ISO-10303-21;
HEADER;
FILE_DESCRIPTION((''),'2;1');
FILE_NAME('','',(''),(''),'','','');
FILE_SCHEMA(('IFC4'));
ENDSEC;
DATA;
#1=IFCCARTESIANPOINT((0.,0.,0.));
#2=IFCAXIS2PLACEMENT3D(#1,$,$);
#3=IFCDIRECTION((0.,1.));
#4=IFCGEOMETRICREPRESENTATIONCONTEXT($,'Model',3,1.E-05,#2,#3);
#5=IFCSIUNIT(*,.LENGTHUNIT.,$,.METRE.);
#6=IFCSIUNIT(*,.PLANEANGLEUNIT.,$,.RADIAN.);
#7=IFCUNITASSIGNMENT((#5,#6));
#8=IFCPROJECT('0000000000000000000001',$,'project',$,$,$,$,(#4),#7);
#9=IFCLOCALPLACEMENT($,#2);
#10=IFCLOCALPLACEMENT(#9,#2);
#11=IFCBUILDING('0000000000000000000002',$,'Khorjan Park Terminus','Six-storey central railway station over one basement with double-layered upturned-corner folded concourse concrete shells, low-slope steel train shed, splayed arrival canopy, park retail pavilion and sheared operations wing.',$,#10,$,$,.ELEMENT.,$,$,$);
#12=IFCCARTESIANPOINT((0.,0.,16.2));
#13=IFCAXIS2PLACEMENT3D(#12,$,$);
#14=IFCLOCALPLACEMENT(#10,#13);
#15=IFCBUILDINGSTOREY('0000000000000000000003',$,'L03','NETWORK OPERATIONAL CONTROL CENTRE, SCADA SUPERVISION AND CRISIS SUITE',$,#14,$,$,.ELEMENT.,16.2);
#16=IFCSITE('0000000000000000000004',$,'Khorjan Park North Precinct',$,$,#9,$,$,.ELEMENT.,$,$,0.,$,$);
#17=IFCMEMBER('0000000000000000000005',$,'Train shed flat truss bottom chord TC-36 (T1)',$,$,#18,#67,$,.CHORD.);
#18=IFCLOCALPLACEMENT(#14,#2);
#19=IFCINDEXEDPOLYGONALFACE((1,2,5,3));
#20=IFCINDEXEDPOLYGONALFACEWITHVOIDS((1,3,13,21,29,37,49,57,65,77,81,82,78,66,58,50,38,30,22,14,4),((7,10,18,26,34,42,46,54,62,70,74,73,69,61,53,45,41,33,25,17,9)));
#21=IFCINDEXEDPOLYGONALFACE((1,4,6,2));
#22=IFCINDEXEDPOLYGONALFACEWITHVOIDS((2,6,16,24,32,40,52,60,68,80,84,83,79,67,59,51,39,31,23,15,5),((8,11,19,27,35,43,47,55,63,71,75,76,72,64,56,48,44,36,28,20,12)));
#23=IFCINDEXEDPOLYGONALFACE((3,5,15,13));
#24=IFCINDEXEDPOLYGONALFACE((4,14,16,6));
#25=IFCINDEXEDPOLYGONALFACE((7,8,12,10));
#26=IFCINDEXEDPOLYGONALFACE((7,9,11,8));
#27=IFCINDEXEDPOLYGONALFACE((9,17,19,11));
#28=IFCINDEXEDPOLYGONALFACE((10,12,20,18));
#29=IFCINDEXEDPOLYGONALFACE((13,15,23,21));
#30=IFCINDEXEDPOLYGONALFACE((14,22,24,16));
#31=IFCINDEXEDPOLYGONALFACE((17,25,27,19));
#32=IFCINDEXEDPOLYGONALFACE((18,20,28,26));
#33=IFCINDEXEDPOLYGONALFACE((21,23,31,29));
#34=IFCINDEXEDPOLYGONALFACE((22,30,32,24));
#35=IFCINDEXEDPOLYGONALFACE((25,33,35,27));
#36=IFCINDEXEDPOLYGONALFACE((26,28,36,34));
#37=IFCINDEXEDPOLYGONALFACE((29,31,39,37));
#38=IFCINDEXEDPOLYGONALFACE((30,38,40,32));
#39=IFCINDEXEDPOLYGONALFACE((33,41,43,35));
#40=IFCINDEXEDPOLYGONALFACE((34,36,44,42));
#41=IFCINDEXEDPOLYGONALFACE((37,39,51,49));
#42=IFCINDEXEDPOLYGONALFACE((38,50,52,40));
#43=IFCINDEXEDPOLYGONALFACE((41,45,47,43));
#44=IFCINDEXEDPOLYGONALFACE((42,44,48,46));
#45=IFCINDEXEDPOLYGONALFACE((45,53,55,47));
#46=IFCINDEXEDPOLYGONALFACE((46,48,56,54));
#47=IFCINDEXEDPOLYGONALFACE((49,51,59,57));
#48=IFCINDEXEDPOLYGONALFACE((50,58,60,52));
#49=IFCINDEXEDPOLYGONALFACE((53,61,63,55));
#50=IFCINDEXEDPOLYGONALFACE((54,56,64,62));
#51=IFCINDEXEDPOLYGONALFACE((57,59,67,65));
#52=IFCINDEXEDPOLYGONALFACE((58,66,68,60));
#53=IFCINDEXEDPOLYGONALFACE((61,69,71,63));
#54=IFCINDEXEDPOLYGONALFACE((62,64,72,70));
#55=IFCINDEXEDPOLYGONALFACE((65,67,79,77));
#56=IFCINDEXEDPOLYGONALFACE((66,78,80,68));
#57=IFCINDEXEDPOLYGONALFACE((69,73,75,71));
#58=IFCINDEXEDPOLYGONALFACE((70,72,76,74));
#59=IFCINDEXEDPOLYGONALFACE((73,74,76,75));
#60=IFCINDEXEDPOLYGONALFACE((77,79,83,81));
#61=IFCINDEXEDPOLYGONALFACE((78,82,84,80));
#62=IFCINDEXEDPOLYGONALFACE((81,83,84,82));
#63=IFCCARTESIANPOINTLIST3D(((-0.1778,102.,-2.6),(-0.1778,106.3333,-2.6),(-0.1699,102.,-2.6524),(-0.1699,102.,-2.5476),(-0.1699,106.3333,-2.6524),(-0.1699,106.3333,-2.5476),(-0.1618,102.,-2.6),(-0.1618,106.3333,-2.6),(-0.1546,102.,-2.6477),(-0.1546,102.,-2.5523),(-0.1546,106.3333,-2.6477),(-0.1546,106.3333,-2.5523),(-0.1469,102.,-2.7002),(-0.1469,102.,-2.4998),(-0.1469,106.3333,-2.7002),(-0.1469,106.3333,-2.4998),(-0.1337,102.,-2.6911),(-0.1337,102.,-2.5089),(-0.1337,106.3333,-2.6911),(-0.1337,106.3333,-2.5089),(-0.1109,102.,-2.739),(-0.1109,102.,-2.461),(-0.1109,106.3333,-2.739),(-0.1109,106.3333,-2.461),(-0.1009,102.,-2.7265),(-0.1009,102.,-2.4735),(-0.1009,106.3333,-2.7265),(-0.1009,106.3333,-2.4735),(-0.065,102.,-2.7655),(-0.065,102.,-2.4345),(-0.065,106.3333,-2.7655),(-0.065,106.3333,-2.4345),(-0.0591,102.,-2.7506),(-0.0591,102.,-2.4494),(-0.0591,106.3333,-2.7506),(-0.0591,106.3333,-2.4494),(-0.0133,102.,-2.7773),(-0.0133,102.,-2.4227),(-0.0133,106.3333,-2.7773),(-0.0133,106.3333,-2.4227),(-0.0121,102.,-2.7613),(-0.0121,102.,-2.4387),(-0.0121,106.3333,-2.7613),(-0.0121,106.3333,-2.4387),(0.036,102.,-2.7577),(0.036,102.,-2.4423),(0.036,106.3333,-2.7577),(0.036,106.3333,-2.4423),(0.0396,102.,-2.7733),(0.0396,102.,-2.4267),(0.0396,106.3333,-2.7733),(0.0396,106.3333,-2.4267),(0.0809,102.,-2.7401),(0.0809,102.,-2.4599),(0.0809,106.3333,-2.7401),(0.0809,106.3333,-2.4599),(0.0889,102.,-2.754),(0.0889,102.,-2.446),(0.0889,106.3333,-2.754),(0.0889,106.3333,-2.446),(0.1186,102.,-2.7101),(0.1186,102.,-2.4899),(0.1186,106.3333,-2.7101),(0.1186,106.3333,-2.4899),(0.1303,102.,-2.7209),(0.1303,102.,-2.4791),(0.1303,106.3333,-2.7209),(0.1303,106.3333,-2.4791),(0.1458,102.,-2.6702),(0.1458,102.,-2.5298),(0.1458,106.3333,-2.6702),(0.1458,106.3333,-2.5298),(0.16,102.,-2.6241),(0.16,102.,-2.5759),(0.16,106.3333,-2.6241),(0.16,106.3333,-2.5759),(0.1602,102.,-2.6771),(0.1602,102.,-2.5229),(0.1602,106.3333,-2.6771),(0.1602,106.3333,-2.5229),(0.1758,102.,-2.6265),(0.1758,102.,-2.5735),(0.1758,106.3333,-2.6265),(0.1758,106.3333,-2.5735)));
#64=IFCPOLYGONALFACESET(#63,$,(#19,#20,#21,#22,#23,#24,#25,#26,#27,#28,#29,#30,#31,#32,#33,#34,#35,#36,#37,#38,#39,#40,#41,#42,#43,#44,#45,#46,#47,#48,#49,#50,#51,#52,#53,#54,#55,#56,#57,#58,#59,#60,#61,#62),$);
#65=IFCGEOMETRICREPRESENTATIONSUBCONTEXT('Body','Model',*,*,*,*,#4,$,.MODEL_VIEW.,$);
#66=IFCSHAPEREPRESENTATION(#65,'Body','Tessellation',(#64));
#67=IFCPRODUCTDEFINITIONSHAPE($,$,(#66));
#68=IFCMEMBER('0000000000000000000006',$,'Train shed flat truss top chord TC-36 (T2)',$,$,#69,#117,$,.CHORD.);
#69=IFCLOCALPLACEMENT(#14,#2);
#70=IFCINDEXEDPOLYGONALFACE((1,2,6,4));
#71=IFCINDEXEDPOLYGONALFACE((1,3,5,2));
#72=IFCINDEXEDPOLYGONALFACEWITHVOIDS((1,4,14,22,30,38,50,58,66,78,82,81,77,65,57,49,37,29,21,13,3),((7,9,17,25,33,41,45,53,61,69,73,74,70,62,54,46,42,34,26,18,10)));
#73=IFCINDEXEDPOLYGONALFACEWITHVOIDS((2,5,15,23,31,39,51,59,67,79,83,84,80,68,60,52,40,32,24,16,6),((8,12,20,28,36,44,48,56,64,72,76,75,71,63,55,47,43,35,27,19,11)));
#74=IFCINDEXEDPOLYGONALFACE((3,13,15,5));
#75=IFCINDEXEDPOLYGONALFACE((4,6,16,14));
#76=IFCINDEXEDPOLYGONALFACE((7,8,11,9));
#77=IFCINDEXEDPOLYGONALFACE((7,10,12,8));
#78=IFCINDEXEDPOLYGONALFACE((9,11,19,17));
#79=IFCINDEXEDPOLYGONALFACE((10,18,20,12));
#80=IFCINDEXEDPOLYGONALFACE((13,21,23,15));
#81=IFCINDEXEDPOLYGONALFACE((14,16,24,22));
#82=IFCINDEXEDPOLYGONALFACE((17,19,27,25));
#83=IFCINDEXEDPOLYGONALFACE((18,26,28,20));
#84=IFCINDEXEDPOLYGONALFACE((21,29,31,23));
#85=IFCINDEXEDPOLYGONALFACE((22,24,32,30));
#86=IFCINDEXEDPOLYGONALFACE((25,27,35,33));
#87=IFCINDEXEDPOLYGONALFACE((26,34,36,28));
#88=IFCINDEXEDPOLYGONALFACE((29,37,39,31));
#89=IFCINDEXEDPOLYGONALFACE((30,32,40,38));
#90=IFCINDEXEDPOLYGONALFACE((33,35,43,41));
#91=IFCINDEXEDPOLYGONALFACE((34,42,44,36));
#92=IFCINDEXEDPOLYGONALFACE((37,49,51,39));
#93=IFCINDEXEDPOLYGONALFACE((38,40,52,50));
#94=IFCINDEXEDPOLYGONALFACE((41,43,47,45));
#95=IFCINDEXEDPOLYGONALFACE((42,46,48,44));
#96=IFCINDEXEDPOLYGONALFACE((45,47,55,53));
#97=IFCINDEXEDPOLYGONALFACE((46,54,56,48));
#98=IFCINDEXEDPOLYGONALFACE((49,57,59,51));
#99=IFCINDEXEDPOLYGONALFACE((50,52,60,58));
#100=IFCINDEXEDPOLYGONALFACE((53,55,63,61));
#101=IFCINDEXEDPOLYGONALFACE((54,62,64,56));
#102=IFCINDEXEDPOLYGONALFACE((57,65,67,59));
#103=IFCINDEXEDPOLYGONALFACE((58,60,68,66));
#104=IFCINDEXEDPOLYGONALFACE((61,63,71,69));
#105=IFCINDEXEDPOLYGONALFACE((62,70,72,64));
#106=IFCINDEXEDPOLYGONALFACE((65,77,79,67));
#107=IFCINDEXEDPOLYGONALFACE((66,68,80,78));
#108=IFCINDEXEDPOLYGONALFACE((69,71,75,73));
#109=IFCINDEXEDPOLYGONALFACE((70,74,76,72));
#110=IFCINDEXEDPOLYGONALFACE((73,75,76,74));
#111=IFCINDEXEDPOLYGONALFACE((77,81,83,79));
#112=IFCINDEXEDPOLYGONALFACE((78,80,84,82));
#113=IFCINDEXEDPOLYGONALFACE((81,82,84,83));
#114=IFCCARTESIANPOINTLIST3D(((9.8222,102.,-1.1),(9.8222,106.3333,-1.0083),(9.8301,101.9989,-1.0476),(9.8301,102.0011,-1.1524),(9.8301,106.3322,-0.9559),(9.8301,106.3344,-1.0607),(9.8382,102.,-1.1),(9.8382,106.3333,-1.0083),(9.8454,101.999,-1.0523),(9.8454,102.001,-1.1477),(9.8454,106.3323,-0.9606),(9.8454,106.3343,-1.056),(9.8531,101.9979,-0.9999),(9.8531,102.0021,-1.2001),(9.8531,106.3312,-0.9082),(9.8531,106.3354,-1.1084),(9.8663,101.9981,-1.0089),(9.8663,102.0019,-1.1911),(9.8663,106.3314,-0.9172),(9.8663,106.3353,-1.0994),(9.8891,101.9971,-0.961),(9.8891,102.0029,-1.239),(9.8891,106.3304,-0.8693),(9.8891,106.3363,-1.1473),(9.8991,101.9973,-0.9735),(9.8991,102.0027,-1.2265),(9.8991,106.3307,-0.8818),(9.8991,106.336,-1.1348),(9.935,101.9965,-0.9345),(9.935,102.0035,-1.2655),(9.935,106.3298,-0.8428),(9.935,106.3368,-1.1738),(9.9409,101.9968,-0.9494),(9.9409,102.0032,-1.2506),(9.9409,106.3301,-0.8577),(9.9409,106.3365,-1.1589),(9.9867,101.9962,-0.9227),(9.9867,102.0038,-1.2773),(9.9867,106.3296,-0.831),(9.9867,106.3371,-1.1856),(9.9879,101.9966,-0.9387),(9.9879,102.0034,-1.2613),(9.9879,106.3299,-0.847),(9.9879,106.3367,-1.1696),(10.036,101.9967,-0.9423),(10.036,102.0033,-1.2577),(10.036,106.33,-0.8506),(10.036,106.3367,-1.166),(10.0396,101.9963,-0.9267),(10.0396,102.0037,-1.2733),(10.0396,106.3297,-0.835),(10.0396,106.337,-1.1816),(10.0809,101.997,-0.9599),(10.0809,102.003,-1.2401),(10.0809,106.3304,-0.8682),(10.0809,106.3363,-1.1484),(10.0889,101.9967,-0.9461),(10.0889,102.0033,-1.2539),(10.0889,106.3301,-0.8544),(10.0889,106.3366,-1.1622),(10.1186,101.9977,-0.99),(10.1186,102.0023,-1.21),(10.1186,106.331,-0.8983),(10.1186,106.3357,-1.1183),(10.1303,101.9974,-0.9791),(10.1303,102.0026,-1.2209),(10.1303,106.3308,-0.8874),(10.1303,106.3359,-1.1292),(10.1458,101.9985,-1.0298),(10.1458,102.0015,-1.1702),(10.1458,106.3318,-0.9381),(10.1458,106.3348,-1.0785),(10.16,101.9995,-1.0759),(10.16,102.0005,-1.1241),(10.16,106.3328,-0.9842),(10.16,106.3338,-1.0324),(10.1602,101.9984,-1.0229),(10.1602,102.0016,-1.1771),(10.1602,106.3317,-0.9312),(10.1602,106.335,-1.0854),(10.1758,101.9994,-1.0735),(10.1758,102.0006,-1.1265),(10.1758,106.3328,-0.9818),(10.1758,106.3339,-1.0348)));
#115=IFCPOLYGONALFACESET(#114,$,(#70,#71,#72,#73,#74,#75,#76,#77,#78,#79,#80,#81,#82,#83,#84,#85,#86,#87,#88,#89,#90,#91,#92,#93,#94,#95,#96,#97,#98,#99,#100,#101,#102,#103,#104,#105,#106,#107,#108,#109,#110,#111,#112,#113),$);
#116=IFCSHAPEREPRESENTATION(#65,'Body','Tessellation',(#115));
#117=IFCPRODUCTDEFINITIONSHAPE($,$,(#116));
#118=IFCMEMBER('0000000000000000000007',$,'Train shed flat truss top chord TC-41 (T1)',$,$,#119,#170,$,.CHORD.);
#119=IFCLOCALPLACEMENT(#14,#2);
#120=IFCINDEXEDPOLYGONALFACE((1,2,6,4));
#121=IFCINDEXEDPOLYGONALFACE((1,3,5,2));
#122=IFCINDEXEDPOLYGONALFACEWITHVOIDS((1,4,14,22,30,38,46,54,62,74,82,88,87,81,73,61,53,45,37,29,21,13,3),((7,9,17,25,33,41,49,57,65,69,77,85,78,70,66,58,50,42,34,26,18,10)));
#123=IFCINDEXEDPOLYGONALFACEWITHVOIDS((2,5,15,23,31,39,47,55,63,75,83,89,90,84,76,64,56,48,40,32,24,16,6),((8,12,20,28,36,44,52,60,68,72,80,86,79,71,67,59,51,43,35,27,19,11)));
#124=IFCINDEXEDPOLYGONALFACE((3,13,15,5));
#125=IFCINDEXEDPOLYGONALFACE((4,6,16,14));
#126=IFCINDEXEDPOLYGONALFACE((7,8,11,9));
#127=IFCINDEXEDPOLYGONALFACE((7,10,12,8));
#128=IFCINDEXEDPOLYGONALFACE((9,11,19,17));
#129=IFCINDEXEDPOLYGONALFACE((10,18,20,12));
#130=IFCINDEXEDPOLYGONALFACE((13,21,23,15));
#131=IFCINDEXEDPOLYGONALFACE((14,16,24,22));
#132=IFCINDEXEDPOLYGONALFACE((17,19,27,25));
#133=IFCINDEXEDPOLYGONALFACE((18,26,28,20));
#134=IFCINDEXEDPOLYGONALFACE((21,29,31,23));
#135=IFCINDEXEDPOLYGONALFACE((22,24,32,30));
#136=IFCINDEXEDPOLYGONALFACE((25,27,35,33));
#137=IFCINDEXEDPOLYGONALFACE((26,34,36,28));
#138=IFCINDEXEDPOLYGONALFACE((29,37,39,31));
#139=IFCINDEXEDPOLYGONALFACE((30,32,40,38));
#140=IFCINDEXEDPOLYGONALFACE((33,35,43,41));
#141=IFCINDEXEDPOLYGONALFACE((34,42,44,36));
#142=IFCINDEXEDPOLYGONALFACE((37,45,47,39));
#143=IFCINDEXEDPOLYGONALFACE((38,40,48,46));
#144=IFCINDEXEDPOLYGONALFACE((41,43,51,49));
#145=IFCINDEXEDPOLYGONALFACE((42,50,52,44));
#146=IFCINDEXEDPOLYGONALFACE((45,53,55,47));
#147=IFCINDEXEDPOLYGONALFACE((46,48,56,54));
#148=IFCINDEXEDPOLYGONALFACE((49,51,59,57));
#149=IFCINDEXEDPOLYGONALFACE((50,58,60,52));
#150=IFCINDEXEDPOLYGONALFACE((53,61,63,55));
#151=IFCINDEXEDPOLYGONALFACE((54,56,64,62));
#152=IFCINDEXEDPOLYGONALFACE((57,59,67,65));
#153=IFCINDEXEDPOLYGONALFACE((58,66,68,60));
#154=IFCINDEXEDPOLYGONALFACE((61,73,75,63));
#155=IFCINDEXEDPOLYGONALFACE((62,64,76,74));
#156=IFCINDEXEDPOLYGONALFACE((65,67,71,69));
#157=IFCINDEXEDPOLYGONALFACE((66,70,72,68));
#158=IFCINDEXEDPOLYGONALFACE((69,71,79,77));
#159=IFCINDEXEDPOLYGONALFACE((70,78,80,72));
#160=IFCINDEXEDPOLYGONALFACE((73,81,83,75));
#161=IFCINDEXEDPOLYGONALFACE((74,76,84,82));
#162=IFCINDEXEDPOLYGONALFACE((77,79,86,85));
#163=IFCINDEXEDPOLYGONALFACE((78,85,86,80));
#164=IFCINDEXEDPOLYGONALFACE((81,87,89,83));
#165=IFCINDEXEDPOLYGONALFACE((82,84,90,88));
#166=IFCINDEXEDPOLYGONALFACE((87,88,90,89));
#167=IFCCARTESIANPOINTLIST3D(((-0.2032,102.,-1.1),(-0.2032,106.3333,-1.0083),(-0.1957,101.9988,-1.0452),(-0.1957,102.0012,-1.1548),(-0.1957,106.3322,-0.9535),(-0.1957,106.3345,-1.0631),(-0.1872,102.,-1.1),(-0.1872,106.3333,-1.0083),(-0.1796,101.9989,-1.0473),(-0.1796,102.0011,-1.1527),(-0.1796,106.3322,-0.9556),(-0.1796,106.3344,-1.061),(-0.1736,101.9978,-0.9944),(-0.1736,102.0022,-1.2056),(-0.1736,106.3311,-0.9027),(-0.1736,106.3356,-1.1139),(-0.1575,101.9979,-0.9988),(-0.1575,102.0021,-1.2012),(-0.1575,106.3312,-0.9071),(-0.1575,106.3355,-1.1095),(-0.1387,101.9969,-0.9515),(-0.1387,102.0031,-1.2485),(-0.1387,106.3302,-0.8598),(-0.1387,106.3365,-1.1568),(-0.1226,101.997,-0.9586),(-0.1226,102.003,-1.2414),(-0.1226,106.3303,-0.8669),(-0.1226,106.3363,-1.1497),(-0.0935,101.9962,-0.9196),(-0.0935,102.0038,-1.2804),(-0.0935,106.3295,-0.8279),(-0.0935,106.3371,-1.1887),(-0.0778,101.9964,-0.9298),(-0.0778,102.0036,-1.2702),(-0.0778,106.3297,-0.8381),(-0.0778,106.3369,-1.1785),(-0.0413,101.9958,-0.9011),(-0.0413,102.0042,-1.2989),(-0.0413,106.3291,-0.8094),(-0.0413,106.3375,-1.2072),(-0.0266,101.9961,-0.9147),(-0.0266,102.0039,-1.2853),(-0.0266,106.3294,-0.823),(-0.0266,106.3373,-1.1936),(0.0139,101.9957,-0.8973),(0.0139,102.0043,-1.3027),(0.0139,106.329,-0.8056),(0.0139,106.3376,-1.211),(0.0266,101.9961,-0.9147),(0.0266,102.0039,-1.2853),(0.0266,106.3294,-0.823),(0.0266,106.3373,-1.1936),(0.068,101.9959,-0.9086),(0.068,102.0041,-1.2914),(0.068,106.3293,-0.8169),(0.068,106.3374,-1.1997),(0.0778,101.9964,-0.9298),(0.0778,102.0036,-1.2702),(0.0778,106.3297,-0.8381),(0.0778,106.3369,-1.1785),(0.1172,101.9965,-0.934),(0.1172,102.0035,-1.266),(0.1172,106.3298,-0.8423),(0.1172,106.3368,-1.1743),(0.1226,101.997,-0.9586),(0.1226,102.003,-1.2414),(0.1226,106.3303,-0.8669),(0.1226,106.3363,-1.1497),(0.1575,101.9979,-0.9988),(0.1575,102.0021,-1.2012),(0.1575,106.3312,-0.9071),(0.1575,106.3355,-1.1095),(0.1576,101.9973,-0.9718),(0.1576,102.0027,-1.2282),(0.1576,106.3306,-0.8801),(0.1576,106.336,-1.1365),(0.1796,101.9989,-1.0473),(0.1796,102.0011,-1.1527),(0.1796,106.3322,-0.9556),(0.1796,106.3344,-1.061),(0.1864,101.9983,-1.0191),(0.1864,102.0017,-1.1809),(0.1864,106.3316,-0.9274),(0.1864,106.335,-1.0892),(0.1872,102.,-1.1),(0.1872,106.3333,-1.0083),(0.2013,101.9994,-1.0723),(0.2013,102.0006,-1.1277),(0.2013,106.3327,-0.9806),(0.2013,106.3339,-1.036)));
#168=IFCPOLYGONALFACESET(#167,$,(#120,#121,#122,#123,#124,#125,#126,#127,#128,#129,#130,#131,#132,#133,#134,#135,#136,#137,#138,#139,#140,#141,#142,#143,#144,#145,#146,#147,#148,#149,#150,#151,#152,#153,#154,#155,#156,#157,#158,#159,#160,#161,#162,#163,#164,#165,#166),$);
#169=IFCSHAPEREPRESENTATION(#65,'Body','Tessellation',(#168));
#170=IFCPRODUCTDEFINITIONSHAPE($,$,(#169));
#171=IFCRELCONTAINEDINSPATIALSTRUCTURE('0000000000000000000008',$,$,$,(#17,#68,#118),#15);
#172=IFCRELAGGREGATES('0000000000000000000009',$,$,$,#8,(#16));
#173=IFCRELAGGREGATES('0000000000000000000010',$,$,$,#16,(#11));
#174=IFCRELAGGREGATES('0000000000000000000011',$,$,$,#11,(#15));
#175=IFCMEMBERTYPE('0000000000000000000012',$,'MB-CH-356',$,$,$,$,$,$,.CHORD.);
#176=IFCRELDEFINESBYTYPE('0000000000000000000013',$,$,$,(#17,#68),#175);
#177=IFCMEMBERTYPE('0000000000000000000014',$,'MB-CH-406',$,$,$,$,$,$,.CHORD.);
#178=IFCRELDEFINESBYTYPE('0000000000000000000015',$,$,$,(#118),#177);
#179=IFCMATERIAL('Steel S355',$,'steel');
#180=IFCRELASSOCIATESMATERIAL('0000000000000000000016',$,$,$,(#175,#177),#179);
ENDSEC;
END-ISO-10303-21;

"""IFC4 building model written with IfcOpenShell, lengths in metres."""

from ifc_helpers import new_model, si_unit, direction, frame, origin, origin_2d, place, context, subcontext, project, spatial, hollow_circle, extrude, material, material_profile, profile_set, type_object, element, save


model = new_model("IFC4")

# Units and contexts
model_context = context("Model", 3, precision=1e-05, world=origin(), true_north=direction((0.0, 1.0)))
body_context = subcontext(model_context, "Body", "Model", "MODEL_VIEW")
ifc_project = project(units=[si_unit("LENGTHUNIT", "METRE"), si_unit("PLANEANGLEUNIT", "RADIAN")], contexts=[model_context])

# Site, building, storey
site_placement = place(None, origin())
site = spatial("IfcSite", under=ifc_project, at=site_placement, Name="Khorjan Park North Precinct", CompositionType="ELEMENT", RefElevation=0.0)
building_placement = place(site_placement, origin())
building = spatial("IfcBuilding", under=site, at=building_placement, Name="Khorjan Park Terminus", Description="Six-storey central railway station over one basement with double-layered upturned-corner folded concourse concrete shells, low-slope steel train shed, splayed arrival canopy, park retail pavilion and sheared operations wing.", CompositionType="ELEMENT")
storey_placement = place(building_placement, frame((0.0, 0.0, 16.2)))
storey = spatial("IfcBuildingStorey", under=building, at=storey_placement, Name="L03", Description="NETWORK OPERATIONAL CONTROL CENTRE, SCADA SUPERVISION AND CRISIS SUITE", CompositionType="ELEMENT", Elevation=16.2)

# Members
ifc_material = material(Name="Steel S355", Category="steel")
ifc_material_profile_1 = material_profile(ifc_material, hollow_circle(Radius=0.1778, WallThickness=0.016, at=origin_2d()), Name="CHS 355.6x16")
ifc_profile_set_1 = profile_set([ifc_material_profile_1], Name="Steel S355")
member_type_1 = type_object("IfcMemberType", Name="MB-CH-356", PredefinedType="CHORD", material=ifc_profile_set_1)
member_1_placement = place(storey_placement, frame((0.0, 102.0, -2.6), z_axis=(0.0, 1.0, 0.0), x_axis=(-1.0, 0.0, 0.0)))
element("IfcMember", 1, at=member_1_placement, inside=storey, type_object=member_type_1, Name="Train shed flat truss bottom chord TC-36 (T1)", PredefinedType="CHORD", context=body_context, shape_type="SweptSolid", body=[
    extrude(hollow_circle(Radius=0.1778, WallThickness=0.016, at=origin_2d()), origin(), (0.0, 0.0, 1.0), 4.3333),
])
member_2_placement = place(storey_placement, frame((10.0, 102.0, -1.1), z_axis=(0.0, 0.999776, 0.021157), x_axis=(-1.0, 0.0, 0.0)))
element("IfcMember", 2, at=member_2_placement, inside=storey, type_object=member_type_1, Name="Train shed flat truss top chord TC-36 (T2)", PredefinedType="CHORD", context=body_context, shape_type="SweptSolid", body=[
    extrude(hollow_circle(Radius=0.1778, WallThickness=0.016, at=origin_2d()), origin(), (0.0, 0.0, 1.0), 4.3343),
])
ifc_material_profile_2 = material_profile(ifc_material, hollow_circle(Radius=0.2032, WallThickness=0.016, at=origin_2d()), Name="CHS 406.4x16")
ifc_profile_set_2 = profile_set([ifc_material_profile_2], Name="Steel S355")
member_type_2 = type_object("IfcMemberType", Name="MB-CH-406", PredefinedType="CHORD", material=ifc_profile_set_2)
member_3_placement = place(storey_placement, frame((0.0, 102.0, -1.1), z_axis=(0.0, 0.999776, 0.021157), x_axis=(-1.0, 0.0, 0.0)))
element("IfcMember", 3, at=member_3_placement, inside=storey, type_object=member_type_2, Name="Train shed flat truss top chord TC-41 (T1)", PredefinedType="CHORD", context=body_context, shape_type="SweptSolid", body=[
    extrude(hollow_circle(Radius=0.2032, WallThickness=0.016, at=origin_2d()), origin(), (0.0, 0.0, 1.0), 4.3343),
])

save(model, "model.ifc")
